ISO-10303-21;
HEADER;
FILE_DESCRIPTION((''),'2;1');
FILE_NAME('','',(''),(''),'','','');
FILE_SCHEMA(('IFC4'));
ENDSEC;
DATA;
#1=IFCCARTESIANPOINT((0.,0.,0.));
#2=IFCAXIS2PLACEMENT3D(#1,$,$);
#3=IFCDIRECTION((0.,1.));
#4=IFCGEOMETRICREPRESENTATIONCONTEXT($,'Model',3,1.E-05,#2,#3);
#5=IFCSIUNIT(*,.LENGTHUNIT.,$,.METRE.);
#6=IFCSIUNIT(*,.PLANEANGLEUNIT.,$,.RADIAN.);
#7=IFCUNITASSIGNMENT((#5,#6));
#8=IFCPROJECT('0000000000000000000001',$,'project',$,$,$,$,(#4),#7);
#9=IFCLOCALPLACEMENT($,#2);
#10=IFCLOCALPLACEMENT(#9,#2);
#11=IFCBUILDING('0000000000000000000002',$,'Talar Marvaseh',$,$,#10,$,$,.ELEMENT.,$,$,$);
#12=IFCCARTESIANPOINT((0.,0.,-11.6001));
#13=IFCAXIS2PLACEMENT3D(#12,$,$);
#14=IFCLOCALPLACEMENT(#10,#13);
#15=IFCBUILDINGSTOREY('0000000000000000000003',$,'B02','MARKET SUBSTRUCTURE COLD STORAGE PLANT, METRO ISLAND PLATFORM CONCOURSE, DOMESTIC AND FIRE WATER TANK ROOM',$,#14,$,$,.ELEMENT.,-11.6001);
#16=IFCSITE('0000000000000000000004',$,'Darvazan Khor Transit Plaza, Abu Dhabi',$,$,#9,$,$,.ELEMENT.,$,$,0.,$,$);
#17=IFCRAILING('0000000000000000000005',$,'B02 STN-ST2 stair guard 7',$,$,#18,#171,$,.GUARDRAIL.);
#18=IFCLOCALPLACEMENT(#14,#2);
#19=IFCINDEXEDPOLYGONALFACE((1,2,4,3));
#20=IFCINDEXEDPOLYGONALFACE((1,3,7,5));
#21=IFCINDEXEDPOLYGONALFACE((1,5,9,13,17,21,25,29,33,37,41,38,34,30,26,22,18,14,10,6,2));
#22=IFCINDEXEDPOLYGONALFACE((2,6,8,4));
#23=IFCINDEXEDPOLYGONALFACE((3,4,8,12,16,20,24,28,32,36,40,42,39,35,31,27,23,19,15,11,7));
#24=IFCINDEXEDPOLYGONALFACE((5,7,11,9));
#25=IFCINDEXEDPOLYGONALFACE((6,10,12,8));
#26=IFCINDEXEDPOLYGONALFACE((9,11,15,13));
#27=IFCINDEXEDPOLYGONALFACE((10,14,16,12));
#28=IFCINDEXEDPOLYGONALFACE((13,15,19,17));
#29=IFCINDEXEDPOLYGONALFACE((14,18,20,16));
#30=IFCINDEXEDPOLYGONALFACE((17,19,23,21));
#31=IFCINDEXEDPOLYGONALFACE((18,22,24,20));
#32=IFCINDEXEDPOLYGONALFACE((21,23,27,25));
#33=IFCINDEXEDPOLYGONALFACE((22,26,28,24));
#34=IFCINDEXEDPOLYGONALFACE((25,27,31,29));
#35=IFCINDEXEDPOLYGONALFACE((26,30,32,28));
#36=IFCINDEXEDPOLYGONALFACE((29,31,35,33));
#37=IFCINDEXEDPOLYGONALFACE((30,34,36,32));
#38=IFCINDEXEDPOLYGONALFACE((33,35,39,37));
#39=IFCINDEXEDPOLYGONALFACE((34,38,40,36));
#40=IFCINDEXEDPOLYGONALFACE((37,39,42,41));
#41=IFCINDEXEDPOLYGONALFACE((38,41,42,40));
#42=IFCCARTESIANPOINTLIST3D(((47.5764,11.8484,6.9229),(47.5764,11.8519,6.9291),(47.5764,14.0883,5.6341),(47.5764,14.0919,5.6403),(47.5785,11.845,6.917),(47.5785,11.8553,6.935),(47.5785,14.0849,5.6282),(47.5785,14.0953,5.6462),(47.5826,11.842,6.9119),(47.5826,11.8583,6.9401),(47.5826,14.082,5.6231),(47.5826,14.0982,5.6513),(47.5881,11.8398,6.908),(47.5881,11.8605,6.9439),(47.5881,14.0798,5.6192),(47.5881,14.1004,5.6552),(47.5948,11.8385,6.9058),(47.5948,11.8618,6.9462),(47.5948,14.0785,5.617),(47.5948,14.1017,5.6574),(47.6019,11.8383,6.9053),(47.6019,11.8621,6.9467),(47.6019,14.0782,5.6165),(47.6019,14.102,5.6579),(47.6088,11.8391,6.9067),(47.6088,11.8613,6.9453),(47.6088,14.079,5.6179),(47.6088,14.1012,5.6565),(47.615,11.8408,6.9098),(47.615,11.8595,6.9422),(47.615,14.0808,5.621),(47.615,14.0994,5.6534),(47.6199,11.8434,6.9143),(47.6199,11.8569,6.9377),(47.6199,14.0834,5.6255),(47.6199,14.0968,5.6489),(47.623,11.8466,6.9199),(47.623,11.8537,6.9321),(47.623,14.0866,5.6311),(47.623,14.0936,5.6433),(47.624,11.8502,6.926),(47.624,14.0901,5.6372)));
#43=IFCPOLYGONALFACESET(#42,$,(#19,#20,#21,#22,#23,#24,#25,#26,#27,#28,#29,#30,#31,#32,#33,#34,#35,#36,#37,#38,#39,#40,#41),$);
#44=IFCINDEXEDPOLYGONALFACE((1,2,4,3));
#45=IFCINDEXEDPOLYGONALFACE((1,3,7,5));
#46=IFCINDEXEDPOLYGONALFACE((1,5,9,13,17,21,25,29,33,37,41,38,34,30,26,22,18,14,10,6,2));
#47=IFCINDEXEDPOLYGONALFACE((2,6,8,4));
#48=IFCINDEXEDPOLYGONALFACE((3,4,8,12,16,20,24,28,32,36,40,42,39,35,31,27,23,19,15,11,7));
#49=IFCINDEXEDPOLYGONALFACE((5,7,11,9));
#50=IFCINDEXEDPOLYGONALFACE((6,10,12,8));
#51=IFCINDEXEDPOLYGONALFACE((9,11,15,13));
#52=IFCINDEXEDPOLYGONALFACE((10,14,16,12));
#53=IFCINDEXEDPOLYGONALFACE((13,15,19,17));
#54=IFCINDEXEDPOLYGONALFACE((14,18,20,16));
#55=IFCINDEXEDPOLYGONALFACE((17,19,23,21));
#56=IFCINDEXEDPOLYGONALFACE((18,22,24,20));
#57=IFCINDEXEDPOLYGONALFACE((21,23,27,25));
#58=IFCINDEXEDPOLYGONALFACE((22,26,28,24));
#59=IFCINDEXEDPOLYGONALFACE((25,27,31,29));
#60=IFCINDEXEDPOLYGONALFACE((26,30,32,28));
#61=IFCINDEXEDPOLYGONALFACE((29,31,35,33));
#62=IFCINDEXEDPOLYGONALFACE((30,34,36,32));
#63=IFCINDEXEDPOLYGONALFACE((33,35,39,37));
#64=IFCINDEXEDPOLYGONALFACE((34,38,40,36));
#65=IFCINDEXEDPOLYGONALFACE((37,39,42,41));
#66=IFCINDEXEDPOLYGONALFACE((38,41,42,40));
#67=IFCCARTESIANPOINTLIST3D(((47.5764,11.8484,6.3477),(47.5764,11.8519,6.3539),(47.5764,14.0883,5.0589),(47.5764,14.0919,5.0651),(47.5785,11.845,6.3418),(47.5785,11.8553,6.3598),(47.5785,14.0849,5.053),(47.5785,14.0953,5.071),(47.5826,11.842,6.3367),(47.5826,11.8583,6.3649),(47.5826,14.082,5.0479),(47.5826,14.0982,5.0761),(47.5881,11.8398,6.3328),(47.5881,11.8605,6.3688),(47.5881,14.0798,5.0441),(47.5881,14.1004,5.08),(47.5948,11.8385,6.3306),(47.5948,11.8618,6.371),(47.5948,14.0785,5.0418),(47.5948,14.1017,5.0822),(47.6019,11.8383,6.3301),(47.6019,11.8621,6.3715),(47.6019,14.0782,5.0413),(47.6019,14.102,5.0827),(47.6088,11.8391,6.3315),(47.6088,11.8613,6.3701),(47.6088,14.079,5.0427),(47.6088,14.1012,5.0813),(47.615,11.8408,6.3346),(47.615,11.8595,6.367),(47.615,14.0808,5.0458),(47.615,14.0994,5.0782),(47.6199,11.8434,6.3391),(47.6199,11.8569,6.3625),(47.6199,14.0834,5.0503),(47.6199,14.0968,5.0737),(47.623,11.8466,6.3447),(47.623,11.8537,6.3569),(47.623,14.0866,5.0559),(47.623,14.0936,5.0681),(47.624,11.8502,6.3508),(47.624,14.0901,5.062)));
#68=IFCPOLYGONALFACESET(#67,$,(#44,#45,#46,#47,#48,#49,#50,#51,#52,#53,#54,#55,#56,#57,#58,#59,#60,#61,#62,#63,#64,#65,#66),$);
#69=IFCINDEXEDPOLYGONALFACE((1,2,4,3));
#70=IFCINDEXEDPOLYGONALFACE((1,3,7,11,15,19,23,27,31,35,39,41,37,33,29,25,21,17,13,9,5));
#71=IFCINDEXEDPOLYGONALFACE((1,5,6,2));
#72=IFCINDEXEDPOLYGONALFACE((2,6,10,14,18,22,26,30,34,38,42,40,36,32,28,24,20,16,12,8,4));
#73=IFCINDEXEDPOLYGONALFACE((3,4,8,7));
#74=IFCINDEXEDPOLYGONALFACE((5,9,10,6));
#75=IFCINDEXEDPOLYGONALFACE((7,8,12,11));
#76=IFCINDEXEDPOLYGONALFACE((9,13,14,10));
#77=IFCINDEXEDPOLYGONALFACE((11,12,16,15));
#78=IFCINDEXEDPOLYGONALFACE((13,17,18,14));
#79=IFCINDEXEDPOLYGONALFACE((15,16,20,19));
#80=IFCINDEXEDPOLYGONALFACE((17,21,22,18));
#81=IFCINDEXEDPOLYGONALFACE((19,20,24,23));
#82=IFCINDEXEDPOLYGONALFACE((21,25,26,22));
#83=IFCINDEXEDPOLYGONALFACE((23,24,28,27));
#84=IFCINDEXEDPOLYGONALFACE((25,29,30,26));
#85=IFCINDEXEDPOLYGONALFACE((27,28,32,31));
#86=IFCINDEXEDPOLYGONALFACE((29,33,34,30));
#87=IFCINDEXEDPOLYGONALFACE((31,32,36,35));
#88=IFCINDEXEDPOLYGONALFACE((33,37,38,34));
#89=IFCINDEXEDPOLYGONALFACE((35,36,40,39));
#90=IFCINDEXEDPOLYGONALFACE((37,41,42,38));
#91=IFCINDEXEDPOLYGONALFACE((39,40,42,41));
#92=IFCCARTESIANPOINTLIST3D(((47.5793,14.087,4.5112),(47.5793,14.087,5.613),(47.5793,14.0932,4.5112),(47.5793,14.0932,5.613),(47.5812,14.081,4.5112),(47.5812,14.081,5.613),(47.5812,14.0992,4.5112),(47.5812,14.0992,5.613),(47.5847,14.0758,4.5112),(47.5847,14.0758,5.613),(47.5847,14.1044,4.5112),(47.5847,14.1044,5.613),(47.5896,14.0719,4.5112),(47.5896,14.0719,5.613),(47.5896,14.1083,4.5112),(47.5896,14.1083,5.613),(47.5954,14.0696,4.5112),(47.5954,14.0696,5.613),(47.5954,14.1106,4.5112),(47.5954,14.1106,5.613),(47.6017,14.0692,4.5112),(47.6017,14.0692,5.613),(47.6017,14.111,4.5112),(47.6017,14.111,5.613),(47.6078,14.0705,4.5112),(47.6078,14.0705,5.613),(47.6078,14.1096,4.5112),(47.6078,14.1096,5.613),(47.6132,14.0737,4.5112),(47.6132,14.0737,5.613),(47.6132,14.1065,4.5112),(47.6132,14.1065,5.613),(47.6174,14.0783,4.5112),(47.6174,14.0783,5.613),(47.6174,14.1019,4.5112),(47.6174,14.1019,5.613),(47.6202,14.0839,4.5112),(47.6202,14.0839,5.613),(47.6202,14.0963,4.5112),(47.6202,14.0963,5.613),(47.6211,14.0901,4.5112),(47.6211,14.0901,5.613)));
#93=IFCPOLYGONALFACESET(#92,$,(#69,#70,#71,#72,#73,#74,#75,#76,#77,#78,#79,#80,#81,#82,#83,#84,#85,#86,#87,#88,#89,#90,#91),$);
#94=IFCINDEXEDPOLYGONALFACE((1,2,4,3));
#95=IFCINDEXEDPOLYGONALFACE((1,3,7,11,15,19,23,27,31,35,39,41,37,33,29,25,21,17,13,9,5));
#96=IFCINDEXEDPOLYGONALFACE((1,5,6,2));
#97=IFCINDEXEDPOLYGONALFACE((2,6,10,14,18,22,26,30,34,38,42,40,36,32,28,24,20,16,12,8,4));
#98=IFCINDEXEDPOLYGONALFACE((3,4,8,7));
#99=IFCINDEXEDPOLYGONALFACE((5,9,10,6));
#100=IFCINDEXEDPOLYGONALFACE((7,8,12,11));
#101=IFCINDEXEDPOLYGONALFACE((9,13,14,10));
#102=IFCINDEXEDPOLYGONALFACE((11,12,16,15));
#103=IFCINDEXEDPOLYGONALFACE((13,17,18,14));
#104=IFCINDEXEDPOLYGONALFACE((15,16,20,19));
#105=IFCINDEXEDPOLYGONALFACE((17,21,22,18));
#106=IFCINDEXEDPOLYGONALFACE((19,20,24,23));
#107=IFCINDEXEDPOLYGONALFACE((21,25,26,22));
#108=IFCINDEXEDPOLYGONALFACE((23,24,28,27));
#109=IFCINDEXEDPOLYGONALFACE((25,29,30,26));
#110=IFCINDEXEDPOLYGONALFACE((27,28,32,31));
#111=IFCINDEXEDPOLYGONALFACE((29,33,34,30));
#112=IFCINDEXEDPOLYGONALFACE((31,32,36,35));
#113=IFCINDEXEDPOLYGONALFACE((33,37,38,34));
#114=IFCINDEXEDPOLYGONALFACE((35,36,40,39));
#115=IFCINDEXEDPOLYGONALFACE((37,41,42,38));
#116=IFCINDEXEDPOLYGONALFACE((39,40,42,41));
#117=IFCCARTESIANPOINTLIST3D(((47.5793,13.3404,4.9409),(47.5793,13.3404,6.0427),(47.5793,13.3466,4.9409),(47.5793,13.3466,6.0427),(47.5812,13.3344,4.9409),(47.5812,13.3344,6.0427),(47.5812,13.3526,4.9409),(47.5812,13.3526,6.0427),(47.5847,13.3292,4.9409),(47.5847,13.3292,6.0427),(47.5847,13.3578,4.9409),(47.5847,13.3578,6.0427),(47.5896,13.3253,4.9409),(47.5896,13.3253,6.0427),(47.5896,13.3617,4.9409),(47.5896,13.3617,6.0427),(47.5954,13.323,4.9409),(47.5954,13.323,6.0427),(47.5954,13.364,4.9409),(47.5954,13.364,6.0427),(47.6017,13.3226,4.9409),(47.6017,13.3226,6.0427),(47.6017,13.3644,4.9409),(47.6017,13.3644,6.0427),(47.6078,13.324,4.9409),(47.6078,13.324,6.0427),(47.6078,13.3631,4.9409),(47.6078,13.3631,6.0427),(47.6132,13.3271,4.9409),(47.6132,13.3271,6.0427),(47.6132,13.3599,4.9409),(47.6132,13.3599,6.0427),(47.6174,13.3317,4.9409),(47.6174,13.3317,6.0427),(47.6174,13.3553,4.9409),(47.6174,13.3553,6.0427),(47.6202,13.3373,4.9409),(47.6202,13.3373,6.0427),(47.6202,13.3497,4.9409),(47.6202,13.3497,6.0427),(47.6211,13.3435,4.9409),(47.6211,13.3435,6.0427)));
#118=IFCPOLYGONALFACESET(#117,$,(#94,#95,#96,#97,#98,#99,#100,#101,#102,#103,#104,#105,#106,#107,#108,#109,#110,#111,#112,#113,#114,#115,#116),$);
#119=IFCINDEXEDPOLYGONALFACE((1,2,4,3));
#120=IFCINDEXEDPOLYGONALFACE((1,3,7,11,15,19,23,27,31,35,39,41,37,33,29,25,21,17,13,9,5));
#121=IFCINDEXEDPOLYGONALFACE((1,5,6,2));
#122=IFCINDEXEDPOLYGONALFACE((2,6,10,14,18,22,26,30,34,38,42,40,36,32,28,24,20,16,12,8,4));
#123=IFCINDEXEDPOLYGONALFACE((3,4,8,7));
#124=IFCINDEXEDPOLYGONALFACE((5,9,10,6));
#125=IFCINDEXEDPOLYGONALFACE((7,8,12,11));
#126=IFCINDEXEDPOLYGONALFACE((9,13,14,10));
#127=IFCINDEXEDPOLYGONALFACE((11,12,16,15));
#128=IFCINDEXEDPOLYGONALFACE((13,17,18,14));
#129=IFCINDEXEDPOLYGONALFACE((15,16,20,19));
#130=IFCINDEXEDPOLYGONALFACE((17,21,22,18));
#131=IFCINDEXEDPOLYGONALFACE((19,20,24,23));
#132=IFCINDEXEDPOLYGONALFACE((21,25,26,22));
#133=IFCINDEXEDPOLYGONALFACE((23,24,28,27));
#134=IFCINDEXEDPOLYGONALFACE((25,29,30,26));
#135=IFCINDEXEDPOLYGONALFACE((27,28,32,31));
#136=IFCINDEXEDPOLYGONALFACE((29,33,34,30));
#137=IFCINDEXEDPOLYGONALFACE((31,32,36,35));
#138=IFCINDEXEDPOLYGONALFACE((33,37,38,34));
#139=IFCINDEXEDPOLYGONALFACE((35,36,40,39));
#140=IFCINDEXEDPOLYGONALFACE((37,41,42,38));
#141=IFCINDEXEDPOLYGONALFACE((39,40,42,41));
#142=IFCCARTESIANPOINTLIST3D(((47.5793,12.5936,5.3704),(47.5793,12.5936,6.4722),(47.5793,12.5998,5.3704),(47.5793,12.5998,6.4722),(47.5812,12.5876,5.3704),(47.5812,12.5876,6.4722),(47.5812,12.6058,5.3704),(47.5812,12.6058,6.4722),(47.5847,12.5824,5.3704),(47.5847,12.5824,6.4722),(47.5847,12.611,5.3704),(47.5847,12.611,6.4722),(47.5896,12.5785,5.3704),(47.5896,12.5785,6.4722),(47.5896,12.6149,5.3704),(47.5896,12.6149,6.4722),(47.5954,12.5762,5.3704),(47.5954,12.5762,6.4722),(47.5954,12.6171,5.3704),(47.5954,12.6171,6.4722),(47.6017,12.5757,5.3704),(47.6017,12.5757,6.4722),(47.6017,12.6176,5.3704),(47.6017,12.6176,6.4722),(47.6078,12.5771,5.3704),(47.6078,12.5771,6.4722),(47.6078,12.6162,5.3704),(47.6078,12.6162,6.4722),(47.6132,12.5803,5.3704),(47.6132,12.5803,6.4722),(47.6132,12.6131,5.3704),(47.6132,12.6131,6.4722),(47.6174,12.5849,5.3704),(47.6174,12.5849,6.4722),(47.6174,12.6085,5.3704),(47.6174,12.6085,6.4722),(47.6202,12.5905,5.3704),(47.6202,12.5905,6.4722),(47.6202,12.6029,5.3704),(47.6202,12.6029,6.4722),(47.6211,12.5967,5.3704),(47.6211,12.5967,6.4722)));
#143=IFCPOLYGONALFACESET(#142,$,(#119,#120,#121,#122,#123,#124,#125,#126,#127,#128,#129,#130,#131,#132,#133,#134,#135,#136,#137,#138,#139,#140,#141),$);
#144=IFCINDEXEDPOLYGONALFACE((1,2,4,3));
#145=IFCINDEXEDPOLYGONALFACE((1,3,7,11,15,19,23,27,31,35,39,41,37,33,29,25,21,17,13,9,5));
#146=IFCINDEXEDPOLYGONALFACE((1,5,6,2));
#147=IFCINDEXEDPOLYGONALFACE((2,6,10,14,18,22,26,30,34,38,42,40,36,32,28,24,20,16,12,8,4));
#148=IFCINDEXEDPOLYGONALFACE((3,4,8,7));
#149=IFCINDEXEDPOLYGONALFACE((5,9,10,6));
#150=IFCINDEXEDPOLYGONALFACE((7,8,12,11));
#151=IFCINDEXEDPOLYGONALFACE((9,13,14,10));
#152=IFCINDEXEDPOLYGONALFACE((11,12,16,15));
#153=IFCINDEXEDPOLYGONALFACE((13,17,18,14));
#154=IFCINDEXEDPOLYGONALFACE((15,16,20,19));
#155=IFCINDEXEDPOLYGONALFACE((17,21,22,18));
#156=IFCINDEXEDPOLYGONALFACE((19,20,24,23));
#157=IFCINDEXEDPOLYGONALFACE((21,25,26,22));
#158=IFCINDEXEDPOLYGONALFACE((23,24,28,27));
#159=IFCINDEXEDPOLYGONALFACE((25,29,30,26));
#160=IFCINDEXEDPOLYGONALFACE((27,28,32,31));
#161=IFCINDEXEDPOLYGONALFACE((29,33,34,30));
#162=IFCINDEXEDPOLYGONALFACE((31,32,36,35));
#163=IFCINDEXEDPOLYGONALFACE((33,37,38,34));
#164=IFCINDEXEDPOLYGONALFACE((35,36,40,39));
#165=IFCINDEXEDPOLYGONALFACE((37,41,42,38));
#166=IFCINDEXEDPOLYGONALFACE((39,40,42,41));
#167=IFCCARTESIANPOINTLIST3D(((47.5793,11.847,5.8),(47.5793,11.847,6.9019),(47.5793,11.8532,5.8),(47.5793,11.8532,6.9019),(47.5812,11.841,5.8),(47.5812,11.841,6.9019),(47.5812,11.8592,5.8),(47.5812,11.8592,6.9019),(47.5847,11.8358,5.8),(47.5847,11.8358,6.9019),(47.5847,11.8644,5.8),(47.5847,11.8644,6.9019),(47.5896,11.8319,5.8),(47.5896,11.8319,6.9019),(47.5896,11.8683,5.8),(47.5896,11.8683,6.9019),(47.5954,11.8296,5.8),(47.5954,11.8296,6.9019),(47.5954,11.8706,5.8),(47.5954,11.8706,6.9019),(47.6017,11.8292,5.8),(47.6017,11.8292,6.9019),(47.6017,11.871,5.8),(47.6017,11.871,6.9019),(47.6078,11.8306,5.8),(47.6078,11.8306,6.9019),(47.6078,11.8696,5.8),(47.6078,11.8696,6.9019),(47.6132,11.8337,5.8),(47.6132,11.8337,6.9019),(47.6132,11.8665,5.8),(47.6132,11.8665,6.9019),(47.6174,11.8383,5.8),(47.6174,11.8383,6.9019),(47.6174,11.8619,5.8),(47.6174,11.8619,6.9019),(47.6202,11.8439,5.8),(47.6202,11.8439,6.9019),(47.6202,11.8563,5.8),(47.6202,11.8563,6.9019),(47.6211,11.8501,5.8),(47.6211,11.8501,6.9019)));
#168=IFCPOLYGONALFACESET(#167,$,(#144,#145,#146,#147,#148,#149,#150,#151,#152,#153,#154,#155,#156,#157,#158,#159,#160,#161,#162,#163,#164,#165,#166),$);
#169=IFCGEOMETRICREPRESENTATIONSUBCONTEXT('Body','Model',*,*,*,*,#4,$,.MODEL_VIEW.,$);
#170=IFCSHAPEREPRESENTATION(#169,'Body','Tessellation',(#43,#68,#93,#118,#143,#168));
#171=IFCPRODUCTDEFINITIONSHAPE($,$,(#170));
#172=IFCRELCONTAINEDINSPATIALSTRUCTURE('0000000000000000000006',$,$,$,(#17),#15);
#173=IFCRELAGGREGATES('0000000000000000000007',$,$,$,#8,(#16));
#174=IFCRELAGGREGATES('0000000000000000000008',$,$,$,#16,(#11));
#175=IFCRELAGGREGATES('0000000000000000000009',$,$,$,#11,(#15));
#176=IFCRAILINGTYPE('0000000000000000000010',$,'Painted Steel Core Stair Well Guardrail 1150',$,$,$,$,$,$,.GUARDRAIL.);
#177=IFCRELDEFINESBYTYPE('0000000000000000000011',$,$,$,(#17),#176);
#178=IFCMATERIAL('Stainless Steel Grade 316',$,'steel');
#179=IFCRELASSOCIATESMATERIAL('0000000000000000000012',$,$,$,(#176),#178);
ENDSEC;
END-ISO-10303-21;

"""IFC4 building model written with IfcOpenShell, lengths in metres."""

from ifc_helpers import new_model, si_unit, direction, frame, origin, origin_2d, place, context, subcontext, project, spatial, circle, extrude, material, type_object, element, save


model = new_model("IFC4")

# Units and contexts
model_context = context("Model", 3, precision=1e-05, world=origin(), true_north=direction((0.0, 1.0)))
body_context = subcontext(model_context, "Body", "Model", "MODEL_VIEW")
ifc_project = project(units=[si_unit("LENGTHUNIT", "METRE"), si_unit("PLANEANGLEUNIT", "RADIAN")], contexts=[model_context])

# Site, building, storey
site_placement = place(None, origin())
site = spatial("IfcSite", under=ifc_project, at=site_placement, Name="Darvazan Khor Transit Plaza, Abu Dhabi", CompositionType="ELEMENT", RefElevation=0.0)
building_placement = place(site_placement, origin())
building = spatial("IfcBuilding", under=site, at=building_placement, Name="Talar Marvaseh", CompositionType="ELEMENT")
storey_placement = place(building_placement, frame((0.0, 0.0, -11.6001)))
storey = spatial("IfcBuildingStorey", under=building, at=storey_placement, Name="B02", Description="MARKET SUBSTRUCTURE COLD STORAGE PLANT, METRO ISLAND PLATFORM CONCOURSE, DOMESTIC AND FIRE WATER TANK ROOM", CompositionType="ELEMENT", Elevation=-11.6001)

# Railing
ifc_material_1 = material(Name="Stainless Steel Grade 316", Category="steel")
railing_type = type_object("IfcRailingType", Name="Painted Steel Core Stair Well Guardrail 1150", PredefinedType="GUARDRAIL", material=ifc_material_1)
railing_1_placement = place(storey_placement, frame((47.6001, 14.0901, 4.5112)))
element("IfcRailing", 1, at=railing_1_placement, inside=storey, type_object=railing_type, Name="B02 STN-ST2 stair guard 7", PredefinedType="GUARDRAIL", context=body_context, shape_type="SweptSolid", body=[
    extrude(circle(Radius=0.0239, at=origin_2d()), frame((0.0, 0.0, 1.126), z_axis=(0.0, -0.866768, 0.498711), x_axis=(1.0, 0.0, 0.0)), (0.0, 0.0, 1.0), 2.5842),
    extrude(circle(Radius=0.0239, at=origin_2d()), frame((0.0, 0.0, 0.5508), z_axis=(0.0, -0.866768, 0.498711), x_axis=(1.0, 0.0, 0.0)), (0.0, 0.0, 1.0), 2.5842),
    extrude(circle(Radius=0.021, at=origin_2d()), origin(), (0.0, 0.0, 1.0), 1.1018),
    extrude(circle(Radius=0.021, at=origin_2d()), frame((0.0, -0.7466, 0.4297)), (0.0, 0.0, 1.0), 1.1018),
    extrude(circle(Radius=0.021, at=origin_2d()), frame((0.0, -1.4934, 0.8591)), (0.0, 0.0, 1.0), 1.1018),
    extrude(circle(Radius=0.021, at=origin_2d()), frame((0.0, -2.24, 1.2888)), (0.0, 0.0, 1.0), 1.1018),
])

save(model, "model.ifc")
